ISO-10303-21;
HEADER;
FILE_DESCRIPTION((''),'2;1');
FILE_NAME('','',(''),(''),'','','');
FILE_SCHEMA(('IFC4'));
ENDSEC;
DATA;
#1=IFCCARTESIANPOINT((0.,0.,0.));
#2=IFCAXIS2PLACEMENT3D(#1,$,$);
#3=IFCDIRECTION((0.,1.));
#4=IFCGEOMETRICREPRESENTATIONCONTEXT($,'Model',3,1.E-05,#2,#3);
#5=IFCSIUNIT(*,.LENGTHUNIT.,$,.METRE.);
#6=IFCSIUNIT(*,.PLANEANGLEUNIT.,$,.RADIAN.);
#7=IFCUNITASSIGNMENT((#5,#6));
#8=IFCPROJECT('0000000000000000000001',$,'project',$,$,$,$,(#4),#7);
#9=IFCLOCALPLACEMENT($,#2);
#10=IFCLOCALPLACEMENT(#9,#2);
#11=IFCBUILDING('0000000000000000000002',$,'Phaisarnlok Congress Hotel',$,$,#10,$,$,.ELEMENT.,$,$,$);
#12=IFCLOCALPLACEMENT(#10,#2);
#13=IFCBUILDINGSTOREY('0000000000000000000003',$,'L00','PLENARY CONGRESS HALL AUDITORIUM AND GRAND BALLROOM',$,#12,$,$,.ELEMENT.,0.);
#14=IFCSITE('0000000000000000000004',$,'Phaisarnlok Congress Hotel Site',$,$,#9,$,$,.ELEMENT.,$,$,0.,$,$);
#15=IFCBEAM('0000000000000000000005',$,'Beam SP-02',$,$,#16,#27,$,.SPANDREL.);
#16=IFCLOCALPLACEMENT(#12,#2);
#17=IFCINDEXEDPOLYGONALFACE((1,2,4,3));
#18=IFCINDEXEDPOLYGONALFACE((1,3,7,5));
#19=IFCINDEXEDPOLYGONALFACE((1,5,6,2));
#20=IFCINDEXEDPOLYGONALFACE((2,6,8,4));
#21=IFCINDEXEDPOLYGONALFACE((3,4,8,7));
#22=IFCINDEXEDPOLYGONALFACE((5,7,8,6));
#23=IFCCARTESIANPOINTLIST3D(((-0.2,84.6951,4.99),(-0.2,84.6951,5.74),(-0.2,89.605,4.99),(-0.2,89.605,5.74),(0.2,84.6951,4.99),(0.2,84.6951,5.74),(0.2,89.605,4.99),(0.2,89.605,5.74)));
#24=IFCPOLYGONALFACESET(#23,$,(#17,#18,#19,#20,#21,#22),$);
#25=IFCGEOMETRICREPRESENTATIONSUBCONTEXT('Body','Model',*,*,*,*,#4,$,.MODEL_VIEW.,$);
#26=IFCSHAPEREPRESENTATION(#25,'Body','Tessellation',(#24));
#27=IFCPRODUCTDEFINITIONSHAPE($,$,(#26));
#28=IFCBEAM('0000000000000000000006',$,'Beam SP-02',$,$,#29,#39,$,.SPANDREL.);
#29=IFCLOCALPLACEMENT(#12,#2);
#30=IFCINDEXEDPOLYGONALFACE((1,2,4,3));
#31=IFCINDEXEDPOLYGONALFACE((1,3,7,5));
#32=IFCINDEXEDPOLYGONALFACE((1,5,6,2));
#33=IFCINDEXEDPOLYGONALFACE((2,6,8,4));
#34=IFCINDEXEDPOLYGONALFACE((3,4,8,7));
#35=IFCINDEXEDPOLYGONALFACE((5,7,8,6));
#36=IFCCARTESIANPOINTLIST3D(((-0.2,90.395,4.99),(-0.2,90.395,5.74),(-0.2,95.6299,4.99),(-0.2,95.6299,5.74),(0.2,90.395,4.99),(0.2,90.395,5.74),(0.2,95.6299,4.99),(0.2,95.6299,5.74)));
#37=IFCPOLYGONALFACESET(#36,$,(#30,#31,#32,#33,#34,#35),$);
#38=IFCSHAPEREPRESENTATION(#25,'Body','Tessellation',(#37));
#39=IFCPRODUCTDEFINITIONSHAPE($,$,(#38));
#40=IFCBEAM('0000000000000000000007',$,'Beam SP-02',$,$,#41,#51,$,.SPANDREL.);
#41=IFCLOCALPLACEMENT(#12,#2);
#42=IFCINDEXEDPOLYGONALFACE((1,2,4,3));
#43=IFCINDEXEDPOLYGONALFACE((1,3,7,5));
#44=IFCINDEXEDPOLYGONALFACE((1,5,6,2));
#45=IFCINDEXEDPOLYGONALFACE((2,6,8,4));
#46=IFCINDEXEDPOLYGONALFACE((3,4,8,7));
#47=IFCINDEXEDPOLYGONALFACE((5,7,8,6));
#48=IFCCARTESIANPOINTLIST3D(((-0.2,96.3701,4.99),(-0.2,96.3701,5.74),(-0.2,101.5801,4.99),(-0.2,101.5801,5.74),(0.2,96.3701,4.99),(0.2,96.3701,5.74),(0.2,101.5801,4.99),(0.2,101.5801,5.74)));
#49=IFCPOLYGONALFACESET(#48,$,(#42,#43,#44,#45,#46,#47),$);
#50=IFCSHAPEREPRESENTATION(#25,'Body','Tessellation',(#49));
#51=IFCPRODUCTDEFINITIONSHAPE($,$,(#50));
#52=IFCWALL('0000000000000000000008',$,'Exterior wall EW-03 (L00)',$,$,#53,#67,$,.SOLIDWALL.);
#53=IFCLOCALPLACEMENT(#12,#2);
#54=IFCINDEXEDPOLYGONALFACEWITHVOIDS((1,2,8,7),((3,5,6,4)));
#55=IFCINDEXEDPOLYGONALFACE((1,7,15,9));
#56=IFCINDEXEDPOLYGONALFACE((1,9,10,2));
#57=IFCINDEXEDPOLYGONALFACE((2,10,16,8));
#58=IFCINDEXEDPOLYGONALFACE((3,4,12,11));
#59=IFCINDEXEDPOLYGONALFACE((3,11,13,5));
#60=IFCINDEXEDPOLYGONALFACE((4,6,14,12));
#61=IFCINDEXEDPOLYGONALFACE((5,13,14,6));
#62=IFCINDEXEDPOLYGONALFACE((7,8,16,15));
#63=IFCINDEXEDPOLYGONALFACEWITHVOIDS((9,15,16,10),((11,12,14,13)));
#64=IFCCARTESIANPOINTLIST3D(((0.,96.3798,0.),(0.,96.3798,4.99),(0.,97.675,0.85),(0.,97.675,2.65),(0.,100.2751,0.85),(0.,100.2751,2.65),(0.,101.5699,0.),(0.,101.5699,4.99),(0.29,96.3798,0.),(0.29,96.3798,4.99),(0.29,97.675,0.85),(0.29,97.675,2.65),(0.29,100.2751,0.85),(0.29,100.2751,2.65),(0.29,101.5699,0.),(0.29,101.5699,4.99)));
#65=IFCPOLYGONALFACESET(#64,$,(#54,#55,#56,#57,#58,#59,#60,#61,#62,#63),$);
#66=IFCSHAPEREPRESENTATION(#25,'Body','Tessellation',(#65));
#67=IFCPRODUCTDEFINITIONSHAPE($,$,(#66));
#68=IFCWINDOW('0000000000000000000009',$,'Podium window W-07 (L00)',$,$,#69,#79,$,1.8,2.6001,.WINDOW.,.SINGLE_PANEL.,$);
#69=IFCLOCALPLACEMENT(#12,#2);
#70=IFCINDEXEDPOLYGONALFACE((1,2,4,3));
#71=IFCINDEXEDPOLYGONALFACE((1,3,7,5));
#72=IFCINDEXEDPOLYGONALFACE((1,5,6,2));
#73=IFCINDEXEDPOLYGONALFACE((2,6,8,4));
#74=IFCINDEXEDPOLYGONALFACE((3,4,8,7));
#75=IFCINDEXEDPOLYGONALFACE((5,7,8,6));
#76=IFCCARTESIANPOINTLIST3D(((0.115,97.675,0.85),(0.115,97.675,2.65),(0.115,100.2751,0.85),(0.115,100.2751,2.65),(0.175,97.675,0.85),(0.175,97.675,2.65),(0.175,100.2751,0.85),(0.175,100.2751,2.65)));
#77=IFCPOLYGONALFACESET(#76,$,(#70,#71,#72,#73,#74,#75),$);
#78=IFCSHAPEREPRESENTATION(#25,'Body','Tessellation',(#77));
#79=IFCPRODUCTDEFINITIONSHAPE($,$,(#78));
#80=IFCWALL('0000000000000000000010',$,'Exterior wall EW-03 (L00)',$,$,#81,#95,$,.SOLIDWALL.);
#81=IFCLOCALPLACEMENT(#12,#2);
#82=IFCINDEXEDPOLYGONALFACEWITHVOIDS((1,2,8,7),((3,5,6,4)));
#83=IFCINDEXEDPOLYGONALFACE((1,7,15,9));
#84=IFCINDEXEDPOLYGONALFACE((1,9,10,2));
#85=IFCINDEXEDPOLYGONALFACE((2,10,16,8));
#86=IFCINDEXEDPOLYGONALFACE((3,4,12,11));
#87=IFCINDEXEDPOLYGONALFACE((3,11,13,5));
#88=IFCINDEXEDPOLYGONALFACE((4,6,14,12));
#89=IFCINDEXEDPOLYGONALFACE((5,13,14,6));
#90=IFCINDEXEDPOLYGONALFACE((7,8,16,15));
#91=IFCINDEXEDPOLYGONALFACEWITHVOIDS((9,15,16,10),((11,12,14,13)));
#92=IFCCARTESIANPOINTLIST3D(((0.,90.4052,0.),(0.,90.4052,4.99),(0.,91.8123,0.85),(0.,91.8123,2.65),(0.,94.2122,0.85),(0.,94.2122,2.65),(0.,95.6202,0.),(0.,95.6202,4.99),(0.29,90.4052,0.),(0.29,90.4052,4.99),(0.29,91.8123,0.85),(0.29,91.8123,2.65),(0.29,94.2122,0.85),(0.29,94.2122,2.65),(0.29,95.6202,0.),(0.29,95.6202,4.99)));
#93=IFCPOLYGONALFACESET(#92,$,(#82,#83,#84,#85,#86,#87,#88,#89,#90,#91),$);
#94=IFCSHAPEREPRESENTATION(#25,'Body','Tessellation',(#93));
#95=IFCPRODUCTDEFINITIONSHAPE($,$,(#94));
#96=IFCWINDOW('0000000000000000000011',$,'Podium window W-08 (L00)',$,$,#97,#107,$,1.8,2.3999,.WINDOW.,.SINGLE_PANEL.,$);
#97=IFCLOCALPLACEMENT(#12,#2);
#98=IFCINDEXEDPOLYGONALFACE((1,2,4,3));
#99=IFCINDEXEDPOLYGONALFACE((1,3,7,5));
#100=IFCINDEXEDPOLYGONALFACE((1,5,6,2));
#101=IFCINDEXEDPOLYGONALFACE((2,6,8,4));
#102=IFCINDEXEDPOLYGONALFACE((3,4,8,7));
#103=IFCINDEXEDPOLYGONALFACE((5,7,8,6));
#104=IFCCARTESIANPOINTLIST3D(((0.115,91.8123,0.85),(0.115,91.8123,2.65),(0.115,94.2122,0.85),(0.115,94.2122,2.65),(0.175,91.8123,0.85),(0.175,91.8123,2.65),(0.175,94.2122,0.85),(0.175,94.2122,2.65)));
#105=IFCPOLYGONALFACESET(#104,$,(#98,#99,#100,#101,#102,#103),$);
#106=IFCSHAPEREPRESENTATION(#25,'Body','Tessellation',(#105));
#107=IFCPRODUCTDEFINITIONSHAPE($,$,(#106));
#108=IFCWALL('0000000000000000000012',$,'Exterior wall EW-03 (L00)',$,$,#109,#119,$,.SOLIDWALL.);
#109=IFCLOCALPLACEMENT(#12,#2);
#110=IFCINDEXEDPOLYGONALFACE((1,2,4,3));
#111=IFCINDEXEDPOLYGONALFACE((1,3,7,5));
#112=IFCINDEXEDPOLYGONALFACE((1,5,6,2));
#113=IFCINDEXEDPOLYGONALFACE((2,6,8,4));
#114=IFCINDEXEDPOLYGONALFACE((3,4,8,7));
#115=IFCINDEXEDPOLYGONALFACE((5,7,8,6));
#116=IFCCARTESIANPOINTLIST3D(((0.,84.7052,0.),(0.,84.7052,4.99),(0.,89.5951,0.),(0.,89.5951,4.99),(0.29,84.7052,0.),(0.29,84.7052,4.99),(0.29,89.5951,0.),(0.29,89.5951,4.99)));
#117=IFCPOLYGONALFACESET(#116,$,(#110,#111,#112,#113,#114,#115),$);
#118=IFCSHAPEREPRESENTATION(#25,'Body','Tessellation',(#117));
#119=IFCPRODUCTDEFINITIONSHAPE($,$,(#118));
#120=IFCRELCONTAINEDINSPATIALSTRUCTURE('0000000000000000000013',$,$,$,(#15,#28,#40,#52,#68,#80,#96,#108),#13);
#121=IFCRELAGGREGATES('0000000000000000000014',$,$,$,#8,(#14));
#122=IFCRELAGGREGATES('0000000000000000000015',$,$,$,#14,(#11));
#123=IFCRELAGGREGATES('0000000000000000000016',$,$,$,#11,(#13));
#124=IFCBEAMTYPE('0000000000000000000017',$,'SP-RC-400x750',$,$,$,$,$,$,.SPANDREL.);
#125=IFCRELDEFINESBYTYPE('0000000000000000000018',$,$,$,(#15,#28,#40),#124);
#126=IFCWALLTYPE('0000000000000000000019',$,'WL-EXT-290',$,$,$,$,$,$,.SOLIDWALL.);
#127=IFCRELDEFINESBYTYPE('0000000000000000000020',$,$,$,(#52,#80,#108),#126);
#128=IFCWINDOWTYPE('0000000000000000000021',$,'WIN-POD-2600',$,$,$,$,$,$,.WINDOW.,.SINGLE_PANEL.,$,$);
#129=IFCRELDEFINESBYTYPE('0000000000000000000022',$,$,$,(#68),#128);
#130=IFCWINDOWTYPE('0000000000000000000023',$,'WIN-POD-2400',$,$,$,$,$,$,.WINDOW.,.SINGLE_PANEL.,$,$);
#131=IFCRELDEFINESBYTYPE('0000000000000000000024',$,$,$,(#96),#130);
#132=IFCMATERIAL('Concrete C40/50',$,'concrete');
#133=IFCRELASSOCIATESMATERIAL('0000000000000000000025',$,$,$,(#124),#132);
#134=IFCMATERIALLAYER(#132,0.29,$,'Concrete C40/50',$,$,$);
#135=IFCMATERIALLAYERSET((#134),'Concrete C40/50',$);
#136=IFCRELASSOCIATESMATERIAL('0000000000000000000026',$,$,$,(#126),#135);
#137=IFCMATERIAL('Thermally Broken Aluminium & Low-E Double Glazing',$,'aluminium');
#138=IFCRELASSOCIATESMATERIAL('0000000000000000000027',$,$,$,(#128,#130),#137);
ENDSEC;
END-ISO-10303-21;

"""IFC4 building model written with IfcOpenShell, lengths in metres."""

from ifc_helpers import new_model, si_unit, direction, frame, frame_2d, origin, origin_2d, place, context, subcontext, project, spatial, rectangle, extrude, material, layer, layer_set, material_profile, profile_set, type_object, element, fill, save


model = new_model("IFC4")

# Units and contexts
model_context = context("Model", 3, precision=1e-05, world=origin(), true_north=direction((0.0, 1.0)))
body_context = subcontext(model_context, "Body", "Model", "MODEL_VIEW")
ifc_project = project(units=[si_unit("LENGTHUNIT", "METRE"), si_unit("PLANEANGLEUNIT", "RADIAN")], contexts=[model_context])

# Site, building, storey
site_placement = place(None, origin())
site = spatial("IfcSite", under=ifc_project, at=site_placement, Name="Phaisarnlok Congress Hotel Site", CompositionType="ELEMENT", RefElevation=0.0)
building_placement = place(site_placement, origin())
building = spatial("IfcBuilding", under=site, at=building_placement, Name="Phaisarnlok Congress Hotel", CompositionType="ELEMENT")
storey_placement = place(building_placement, origin())
storey = spatial("IfcBuildingStorey", under=building, at=storey_placement, Name="L00", Description="PLENARY CONGRESS HALL AUDITORIUM AND GRAND BALLROOM", CompositionType="ELEMENT", Elevation=0.0)

# Beams
ifc_material_1 = material(Name="Concrete C40/50", Category="concrete")
ifc_material_profile_1 = material_profile(ifc_material_1, rectangle(XDim=0.3999, YDim=0.75, at=origin_2d()), Name="RC 400x750")
ifc_profile_set_1 = profile_set([ifc_material_profile_1], Name="Concrete C40/50")
beam_type_1 = type_object("IfcBeamType", Name="SP-RC-400x750", PredefinedType="SPANDREL", material=ifc_profile_set_1)
beam_1_placement = place(storey_placement, frame((0.0, 84.6951, 5.365), z_axis=(0.0, 1.0, 0.0), x_axis=(-1.0, 0.0, 0.0)))
element("IfcBeam", 1, at=beam_1_placement, inside=storey, type_object=beam_type_1, Name="Beam SP-02", PredefinedType="SPANDREL", context=body_context, shape_type="SweptSolid", body=[
    extrude(rectangle(XDim=0.3999, YDim=0.75, at=origin_2d()), origin(), (0.0, 0.0, 1.0), 4.9099),
])
beam_2_placement = place(storey_placement, frame((0.0, 90.395, 5.365), z_axis=(0.0, 1.0, 0.0), x_axis=(-1.0, 0.0, 0.0)))
element("IfcBeam", 2, at=beam_2_placement, inside=storey, type_object=beam_type_1, Name="Beam SP-02", PredefinedType="SPANDREL", context=body_context, shape_type="SweptSolid", body=[
    extrude(rectangle(XDim=0.3999, YDim=0.75, at=origin_2d()), origin(), (0.0, 0.0, 1.0), 5.2349),
])
beam_3_placement = place(storey_placement, frame((0.0, 96.3701, 5.365), z_axis=(0.0, 1.0, 0.0), x_axis=(-1.0, 0.0, 0.0)))
element("IfcBeam", 3, at=beam_3_placement, inside=storey, type_object=beam_type_1, Name="Beam SP-02", PredefinedType="SPANDREL", context=body_context, shape_type="SweptSolid", body=[
    extrude(rectangle(XDim=0.3999, YDim=0.75, at=origin_2d()), origin(), (0.0, 0.0, 1.0), 5.21),
])

# Walls, openings, windows
ifc_layer = layer(ifc_material_1, 0.29, Name="Concrete C40/50")
ifc_layer_set = layer_set([ifc_layer], Name="Concrete C40/50")
wall_type = type_object("IfcWallType", Name="WL-EXT-290", PredefinedType="SOLIDWALL", material=ifc_layer_set)
wall_1_placement = place(storey_placement, frame((0.145, 101.5701, 0.0), z_axis=(0.0, 0.0, 1.0), x_axis=(0.0, -1.0, 0.0)))
wall_1 = element("IfcWall", 4, at=wall_1_placement, inside=storey, type_object=wall_type, Name="Exterior wall EW-03 (L00)", PredefinedType="SOLIDWALL", context=body_context, shape_type="SweptSolid", body=[
    extrude(rectangle(XDim=5.1902, YDim=0.29, at=frame_2d((2.5952, 0.0))), origin(), (0.0, 0.0, 1.0), 4.99),
])
opening_1_placement = place(wall_1_placement, frame((1.2949, 0.0, 0.8501)))
opening_1 = element("IfcOpeningElement", 5, at=opening_1_placement, cuts=wall_1, PredefinedType="OPENING", context=body_context, shape_type="SweptSolid", body=[
    extrude(rectangle(XDim=2.6001, YDim=1.8, at=frame_2d((1.3, 0.8999))), frame((0.0, 0.155, 0.0), z_axis=(0.0, -1.0, 0.0), x_axis=(1.0, 0.0, 0.0)), (0.0, 0.0, 1.0), 0.3101),
])
ifc_material_2 = material(Name="Thermally Broken Aluminium & Low-E Double Glazing", Category="aluminium")
window_type_1 = type_object("IfcWindowType", Name="WIN-POD-2600", PartitioningType="SINGLE_PANEL", PredefinedType="WINDOW", material=ifc_material_2)
window_1_placement = place(opening_1_placement, origin())
window_1 = element("IfcWindow", 6, at=window_1_placement, inside=storey, type_object=window_type_1, Name="Podium window W-07 (L00)", OverallHeight=1.8, OverallWidth=2.6001, PartitioningType="SINGLE_PANEL", PredefinedType="WINDOW", context=body_context, shape_type="SweptSolid", body=[
    extrude(rectangle(XDim=2.6001, YDim=1.8, at=frame_2d((1.3, 0.8999))), frame((0.0, 0.03, 0.0), z_axis=(0.0, -1.0, 0.0), x_axis=(1.0, 0.0, 0.0)), (0.0, 0.0, 1.0), 0.0601),
])
fill(opening_1, window_1)
wall_2_placement = place(storey_placement, frame((0.145, 95.6201, 0.0), z_axis=(0.0, 0.0, 1.0), x_axis=(0.0, -1.0, 0.0)))
wall_2 = element("IfcWall", 7, at=wall_2_placement, inside=storey, type_object=wall_type, Name="Exterior wall EW-03 (L00)", PredefinedType="SOLIDWALL", context=body_context, shape_type="SweptSolid", body=[
    extrude(rectangle(XDim=5.2151, YDim=0.29, at=frame_2d((2.6074, 0.0))), origin(), (0.0, 0.0, 1.0), 4.99),
])
opening_2_placement = place(wall_2_placement, frame((1.408, 0.0, 0.8501)))
opening_2 = element("IfcOpeningElement", 8, at=opening_2_placement, cuts=wall_2, PredefinedType="OPENING", context=body_context, shape_type="SweptSolid", body=[
    extrude(rectangle(XDim=2.3999, YDim=1.8, at=frame_2d((1.2, 0.8999))), frame((0.0, 0.155, 0.0), z_axis=(0.0, -1.0, 0.0), x_axis=(1.0, 0.0, 0.0)), (0.0, 0.0, 1.0), 0.3101),
])
window_type_2 = type_object("IfcWindowType", Name="WIN-POD-2400", PartitioningType="SINGLE_PANEL", PredefinedType="WINDOW", material=ifc_material_2)
window_2_placement = place(opening_2_placement, origin())
window_2 = element("IfcWindow", 9, at=window_2_placement, inside=storey, type_object=window_type_2, Name="Podium window W-08 (L00)", OverallHeight=1.8, OverallWidth=2.3999, PartitioningType="SINGLE_PANEL", PredefinedType="WINDOW", context=body_context, shape_type="SweptSolid", body=[
    extrude(rectangle(XDim=2.3999, YDim=1.8, at=frame_2d((1.2, 0.8999))), frame((0.0, 0.03, 0.0), z_axis=(0.0, -1.0, 0.0), x_axis=(1.0, 0.0, 0.0)), (0.0, 0.0, 1.0), 0.0601),
])
fill(opening_2, window_2)

# Wall
wall_3_placement = place(storey_placement, frame((0.145, 89.595, 0.0), z_axis=(0.0, 0.0, 1.0), x_axis=(0.0, -1.0, 0.0)))
element("IfcWall", 10, at=wall_3_placement, inside=storey, type_object=wall_type, Name="Exterior wall EW-03 (L00)", PredefinedType="SOLIDWALL", context=body_context, shape_type="SweptSolid", body=[
    extrude(rectangle(XDim=4.8899, YDim=0.29, at=frame_2d((2.4448, 0.0))), origin(), (0.0, 0.0, 1.0), 4.99),
])

save(model, "model.ifc")
